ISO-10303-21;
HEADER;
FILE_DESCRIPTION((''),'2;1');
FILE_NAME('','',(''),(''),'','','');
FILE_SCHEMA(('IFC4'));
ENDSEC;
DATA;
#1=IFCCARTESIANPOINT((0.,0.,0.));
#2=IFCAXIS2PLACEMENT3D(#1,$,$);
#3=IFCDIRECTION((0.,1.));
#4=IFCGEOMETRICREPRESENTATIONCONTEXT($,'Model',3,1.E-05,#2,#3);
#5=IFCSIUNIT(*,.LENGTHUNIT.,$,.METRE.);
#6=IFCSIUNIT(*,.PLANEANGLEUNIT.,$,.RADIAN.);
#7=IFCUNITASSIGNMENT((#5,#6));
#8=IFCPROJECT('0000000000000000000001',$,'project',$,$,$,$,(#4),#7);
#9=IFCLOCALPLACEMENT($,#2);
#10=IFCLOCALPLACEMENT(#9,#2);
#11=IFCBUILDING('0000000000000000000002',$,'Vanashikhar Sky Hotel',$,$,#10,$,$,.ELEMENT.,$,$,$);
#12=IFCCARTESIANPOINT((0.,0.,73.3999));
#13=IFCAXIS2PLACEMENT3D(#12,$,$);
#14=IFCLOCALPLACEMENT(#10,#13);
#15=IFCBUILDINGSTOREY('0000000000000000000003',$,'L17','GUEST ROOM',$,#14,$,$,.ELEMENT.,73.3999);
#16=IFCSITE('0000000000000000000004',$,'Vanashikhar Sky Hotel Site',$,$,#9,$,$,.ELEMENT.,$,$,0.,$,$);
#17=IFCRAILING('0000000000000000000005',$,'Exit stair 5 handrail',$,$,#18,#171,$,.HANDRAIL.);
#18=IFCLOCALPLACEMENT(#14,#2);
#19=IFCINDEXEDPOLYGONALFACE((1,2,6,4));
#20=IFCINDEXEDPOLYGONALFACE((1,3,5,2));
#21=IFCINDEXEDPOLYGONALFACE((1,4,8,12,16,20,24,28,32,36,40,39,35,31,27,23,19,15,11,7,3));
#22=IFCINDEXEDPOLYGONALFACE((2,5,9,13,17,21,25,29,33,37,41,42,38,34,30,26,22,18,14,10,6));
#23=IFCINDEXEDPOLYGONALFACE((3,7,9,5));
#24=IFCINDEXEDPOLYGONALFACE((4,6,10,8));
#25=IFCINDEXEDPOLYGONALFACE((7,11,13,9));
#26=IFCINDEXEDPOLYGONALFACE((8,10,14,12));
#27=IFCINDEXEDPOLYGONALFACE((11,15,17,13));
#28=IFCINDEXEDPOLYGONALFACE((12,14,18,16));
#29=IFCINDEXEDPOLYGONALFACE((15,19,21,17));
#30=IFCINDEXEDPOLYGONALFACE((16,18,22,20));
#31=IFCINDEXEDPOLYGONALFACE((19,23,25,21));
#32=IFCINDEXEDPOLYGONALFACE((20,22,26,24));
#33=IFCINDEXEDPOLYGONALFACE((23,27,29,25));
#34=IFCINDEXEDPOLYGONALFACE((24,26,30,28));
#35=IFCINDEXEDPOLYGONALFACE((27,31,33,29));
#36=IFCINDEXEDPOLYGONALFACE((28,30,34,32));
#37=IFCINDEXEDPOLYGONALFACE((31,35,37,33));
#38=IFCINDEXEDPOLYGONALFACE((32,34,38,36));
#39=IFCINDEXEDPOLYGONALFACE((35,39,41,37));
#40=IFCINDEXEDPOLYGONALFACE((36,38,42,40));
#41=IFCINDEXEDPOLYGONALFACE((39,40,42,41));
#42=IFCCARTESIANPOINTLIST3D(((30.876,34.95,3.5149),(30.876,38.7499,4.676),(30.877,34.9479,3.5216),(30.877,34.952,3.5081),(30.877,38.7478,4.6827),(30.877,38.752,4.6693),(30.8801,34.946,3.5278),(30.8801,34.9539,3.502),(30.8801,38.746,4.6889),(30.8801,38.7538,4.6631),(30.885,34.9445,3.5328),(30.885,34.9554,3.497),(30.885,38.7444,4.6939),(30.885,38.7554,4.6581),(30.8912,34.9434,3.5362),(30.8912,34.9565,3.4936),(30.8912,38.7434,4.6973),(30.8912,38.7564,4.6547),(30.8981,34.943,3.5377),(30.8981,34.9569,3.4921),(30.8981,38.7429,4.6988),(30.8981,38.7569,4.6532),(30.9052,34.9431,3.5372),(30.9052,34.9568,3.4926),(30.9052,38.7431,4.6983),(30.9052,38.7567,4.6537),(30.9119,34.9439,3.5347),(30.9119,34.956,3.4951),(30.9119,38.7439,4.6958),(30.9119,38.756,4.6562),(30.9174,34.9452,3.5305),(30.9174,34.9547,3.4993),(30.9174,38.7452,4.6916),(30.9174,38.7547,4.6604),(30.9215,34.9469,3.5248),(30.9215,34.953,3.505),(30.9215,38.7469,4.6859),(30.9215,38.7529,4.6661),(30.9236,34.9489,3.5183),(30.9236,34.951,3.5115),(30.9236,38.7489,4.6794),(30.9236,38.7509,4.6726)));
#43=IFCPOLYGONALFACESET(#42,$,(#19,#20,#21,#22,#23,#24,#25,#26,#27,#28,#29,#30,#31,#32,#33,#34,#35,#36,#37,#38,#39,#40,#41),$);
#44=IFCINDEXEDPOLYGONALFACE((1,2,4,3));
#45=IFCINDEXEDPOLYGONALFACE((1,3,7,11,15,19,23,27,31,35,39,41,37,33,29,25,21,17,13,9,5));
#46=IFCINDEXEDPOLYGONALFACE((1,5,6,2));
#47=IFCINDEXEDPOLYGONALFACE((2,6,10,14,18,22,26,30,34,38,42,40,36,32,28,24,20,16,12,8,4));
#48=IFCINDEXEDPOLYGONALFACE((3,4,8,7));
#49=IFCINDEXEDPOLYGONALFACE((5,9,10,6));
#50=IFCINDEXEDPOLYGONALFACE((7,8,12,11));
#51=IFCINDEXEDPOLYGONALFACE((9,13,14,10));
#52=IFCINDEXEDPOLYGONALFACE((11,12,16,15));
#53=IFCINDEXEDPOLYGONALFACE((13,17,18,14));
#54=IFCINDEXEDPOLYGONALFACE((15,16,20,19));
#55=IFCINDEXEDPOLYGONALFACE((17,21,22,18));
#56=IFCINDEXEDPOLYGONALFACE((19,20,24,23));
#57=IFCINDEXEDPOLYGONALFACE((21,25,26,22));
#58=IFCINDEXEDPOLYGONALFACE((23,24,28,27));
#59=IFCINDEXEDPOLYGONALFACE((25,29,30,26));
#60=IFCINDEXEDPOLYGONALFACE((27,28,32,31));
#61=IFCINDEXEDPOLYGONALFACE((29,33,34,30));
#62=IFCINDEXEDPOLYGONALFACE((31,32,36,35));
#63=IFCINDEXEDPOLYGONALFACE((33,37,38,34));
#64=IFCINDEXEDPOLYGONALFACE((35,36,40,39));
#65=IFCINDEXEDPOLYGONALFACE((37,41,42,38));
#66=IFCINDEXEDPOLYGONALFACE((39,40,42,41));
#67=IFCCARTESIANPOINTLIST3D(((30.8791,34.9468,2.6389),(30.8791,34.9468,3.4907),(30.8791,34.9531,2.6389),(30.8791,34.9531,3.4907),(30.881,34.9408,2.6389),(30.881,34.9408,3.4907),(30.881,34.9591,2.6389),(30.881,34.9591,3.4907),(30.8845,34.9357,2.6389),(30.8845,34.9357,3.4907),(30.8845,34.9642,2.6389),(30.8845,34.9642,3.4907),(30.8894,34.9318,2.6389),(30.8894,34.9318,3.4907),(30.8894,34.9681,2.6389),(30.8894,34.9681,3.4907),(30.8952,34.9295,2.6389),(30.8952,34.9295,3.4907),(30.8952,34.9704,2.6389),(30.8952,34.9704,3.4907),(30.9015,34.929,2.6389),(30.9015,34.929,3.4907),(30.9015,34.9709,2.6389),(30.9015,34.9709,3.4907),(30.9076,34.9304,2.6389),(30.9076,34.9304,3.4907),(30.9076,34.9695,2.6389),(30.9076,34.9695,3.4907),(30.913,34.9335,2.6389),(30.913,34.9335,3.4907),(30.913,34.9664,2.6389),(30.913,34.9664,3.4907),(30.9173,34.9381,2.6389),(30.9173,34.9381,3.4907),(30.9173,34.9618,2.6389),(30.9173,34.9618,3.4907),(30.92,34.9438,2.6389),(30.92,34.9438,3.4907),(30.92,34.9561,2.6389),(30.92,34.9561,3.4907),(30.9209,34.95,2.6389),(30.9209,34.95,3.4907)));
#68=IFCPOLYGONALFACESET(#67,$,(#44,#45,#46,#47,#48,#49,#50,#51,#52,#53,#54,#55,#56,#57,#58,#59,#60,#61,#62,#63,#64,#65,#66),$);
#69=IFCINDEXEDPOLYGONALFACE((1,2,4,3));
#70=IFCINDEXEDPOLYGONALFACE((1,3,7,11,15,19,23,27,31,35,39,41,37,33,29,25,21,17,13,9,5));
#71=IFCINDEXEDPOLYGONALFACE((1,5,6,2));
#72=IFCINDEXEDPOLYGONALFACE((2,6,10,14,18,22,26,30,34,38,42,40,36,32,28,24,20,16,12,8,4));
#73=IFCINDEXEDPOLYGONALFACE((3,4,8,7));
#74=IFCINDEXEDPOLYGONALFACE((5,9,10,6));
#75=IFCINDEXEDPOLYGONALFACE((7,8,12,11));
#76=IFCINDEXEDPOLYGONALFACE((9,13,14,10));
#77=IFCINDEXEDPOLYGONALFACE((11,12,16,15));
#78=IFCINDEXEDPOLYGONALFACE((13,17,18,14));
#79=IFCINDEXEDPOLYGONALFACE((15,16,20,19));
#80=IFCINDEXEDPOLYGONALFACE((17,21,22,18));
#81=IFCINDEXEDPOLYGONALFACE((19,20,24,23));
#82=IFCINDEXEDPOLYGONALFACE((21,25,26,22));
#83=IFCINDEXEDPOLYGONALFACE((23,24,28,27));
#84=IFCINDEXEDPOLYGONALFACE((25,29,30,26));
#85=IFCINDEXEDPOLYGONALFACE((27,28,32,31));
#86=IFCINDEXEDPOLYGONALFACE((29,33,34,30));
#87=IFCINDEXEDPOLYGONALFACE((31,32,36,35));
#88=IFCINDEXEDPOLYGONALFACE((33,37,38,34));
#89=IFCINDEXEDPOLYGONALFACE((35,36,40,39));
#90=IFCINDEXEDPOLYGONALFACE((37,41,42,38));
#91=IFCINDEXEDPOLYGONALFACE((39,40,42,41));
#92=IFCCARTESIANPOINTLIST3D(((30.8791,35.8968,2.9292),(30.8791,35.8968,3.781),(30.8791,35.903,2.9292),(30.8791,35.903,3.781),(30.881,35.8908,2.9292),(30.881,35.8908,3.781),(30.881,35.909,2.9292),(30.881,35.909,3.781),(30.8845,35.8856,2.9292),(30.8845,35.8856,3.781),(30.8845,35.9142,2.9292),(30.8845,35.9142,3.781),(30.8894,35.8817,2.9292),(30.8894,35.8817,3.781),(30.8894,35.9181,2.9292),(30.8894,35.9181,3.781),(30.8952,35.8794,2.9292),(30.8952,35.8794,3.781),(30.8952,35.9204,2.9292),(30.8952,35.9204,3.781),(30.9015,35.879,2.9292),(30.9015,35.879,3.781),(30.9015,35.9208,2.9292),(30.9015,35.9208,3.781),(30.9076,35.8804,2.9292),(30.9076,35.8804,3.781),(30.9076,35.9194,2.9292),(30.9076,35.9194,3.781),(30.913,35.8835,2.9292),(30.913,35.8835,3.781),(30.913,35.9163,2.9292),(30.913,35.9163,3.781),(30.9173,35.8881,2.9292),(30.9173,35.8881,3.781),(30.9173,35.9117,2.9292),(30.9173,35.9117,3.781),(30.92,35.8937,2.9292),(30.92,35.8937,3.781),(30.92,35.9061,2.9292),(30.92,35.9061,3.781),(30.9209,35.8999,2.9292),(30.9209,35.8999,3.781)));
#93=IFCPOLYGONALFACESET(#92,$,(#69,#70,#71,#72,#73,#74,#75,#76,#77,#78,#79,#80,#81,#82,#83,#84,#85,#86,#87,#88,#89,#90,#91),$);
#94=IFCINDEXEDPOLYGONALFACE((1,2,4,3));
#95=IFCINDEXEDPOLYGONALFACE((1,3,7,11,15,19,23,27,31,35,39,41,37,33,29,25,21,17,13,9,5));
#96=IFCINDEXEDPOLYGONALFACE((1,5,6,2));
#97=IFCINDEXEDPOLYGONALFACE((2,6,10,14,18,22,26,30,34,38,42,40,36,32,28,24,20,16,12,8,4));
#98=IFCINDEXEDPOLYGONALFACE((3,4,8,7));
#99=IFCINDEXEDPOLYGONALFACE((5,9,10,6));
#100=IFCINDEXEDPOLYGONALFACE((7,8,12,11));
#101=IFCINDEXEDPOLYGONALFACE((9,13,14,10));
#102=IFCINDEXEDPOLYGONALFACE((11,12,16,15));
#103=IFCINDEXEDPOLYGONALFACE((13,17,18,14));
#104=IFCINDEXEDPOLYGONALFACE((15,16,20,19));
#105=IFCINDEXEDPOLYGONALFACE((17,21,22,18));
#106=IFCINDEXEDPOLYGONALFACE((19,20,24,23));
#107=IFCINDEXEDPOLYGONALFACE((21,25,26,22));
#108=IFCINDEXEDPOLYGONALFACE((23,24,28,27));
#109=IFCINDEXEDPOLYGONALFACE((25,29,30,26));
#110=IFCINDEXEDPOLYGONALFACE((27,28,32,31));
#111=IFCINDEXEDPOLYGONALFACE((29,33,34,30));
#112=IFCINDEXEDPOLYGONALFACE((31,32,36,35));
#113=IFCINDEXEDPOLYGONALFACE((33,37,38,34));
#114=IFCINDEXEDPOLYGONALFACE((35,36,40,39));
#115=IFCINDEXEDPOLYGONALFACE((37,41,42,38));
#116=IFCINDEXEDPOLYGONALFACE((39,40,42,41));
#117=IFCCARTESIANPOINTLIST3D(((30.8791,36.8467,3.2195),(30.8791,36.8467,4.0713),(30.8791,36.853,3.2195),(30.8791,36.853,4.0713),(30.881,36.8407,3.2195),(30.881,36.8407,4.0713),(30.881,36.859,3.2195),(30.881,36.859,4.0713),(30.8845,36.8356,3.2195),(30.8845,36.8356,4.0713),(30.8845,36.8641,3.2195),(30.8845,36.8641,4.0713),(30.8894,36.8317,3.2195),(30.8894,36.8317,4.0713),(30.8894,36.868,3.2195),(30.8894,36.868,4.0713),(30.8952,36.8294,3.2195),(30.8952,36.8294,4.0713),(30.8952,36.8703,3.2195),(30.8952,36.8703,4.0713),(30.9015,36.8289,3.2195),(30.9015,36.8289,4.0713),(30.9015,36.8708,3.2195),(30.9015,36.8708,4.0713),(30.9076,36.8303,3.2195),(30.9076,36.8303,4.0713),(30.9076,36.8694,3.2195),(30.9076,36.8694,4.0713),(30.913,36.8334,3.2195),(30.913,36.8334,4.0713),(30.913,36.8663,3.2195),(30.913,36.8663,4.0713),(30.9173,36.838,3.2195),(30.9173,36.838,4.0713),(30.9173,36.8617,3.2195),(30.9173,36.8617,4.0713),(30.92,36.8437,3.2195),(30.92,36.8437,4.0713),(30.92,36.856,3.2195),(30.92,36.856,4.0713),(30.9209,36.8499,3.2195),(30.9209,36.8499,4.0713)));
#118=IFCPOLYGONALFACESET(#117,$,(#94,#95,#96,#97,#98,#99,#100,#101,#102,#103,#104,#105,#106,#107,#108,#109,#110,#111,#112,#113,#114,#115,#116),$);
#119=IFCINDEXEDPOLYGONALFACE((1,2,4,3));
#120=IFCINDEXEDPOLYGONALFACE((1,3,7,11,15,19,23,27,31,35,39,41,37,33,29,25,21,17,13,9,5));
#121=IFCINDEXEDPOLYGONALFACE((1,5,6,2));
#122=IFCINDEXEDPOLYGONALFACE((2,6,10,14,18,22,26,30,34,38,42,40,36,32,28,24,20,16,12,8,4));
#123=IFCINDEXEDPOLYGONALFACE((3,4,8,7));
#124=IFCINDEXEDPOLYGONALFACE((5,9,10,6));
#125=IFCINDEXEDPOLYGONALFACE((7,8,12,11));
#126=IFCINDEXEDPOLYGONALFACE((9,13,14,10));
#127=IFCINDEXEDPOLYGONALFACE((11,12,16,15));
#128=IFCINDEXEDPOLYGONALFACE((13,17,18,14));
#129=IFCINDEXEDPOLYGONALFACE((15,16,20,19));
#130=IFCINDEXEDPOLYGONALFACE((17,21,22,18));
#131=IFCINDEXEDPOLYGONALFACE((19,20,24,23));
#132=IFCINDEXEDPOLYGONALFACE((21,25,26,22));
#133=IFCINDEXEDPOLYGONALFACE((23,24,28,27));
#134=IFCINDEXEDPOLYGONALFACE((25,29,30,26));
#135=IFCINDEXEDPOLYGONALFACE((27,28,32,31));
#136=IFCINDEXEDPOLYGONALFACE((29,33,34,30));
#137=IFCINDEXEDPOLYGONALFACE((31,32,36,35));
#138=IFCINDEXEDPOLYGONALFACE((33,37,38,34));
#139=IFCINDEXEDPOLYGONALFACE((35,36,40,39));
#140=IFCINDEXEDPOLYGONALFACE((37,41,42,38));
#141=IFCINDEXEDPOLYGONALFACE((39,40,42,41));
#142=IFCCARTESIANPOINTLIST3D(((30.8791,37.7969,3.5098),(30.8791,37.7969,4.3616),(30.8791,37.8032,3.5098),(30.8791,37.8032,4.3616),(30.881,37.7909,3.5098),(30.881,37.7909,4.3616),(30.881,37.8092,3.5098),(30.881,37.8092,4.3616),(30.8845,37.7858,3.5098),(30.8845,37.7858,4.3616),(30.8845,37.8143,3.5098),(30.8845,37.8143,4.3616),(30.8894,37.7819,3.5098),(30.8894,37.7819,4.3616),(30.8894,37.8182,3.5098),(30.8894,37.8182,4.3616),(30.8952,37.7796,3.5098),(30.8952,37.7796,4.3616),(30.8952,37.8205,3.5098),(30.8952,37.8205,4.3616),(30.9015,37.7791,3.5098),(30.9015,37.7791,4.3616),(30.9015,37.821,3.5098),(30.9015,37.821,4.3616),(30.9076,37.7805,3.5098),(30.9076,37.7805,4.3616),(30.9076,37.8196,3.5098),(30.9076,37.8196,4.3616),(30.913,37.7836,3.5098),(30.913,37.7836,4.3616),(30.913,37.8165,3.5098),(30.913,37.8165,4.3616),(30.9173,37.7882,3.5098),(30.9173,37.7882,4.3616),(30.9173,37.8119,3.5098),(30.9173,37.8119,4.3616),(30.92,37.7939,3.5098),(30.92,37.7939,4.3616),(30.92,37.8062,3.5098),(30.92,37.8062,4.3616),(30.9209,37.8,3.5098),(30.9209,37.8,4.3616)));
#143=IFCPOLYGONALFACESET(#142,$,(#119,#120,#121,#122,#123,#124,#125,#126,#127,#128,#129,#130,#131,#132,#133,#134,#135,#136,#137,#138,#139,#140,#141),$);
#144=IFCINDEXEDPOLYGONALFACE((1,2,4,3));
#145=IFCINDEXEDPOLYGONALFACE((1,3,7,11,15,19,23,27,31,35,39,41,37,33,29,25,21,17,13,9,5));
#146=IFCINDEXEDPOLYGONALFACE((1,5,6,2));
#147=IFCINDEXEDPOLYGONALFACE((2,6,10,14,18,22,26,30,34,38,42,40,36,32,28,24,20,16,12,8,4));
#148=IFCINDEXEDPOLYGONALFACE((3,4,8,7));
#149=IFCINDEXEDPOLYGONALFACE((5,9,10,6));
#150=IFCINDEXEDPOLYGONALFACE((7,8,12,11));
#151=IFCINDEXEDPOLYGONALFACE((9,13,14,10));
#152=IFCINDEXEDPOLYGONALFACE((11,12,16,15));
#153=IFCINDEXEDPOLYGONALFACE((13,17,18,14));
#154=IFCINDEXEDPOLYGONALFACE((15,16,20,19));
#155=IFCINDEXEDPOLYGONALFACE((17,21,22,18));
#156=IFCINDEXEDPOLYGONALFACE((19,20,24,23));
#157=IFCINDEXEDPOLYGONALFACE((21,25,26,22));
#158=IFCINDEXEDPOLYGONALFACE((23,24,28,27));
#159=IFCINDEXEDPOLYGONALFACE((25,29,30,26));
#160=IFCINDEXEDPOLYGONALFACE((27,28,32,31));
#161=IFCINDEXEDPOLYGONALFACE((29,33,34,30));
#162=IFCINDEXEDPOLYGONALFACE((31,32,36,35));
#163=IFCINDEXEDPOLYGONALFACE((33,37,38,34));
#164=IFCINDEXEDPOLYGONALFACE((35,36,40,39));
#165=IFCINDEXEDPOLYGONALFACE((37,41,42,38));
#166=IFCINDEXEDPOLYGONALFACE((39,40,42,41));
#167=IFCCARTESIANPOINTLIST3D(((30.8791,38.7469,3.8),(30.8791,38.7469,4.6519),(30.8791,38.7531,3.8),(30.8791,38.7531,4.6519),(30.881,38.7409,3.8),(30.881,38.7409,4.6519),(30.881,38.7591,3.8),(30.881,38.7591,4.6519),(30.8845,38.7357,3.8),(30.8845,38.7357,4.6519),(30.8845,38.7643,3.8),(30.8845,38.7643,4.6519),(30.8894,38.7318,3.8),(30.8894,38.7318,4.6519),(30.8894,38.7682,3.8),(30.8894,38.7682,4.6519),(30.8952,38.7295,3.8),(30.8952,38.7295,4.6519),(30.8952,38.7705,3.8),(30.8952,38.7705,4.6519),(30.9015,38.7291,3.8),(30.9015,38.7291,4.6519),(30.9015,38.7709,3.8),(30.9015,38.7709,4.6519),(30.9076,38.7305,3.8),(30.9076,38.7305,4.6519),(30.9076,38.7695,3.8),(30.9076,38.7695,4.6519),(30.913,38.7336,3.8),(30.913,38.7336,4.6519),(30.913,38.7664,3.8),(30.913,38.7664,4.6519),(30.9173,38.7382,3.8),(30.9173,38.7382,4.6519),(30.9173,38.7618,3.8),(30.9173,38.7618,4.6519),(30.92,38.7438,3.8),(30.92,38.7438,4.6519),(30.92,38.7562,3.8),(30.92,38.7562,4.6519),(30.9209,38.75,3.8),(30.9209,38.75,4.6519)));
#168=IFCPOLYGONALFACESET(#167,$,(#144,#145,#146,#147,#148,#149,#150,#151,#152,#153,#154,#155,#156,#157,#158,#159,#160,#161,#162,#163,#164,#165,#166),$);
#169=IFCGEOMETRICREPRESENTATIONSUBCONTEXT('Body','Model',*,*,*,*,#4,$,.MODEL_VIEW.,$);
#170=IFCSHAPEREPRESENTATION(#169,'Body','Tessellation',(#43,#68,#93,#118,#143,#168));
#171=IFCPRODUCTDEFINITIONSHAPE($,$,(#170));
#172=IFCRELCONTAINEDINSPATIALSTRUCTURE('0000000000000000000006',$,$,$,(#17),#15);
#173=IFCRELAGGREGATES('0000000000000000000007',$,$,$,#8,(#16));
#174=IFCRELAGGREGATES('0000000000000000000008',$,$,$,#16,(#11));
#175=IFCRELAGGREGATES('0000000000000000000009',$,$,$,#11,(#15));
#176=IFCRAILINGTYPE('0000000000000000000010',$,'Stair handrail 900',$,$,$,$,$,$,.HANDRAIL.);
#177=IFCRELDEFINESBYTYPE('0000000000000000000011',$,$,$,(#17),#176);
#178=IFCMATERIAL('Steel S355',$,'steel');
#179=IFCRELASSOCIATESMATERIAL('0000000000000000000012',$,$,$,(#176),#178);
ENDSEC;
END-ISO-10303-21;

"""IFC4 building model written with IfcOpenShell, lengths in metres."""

from ifc_helpers import new_model, si_unit, direction, frame, origin, origin_2d, place, context, subcontext, project, spatial, circle, extrude, source, transform, mapped, material, type_object, element, save


model = new_model("IFC4")

# Units and contexts
model_context = context("Model", 3, precision=1e-05, world=origin(), true_north=direction((0.0, 1.0)))
body_context = subcontext(model_context, "Body", "Model", "MODEL_VIEW")
ifc_project = project(units=[si_unit("LENGTHUNIT", "METRE"), si_unit("PLANEANGLEUNIT", "RADIAN")], contexts=[model_context])

# Site, building, storey
site_placement = place(None, origin())
site = spatial("IfcSite", under=ifc_project, at=site_placement, Name="Vanashikhar Sky Hotel Site", CompositionType="ELEMENT", RefElevation=0.0)
building_placement = place(site_placement, origin())
building = spatial("IfcBuilding", under=site, at=building_placement, Name="Vanashikhar Sky Hotel", CompositionType="ELEMENT")
storey_placement = place(building_placement, frame((0.0, 0.0, 73.3999)))
storey = spatial("IfcBuildingStorey", under=building, at=storey_placement, Name="L17", Description="GUEST ROOM", CompositionType="ELEMENT", Elevation=73.3999)

# Railing
ifc_material_1 = material(Name="Steel S355", Category="steel")
railing_type_1 = type_object("IfcRailingType", Name="Stair handrail 900", PredefinedType="HANDRAIL", material=ifc_material_1)
shared_shape_1 = source(origin(), body_context, "Body", "SweptSolid", [
    extrude(circle(Radius=0.0239, at=origin_2d()), frame((0.0, 0.0, 0.876), z_axis=(0.0, 0.956351, 0.29222), x_axis=(-1.0, 0.0, 0.0)), (0.0, 0.0, 1.0), 3.9734),
    extrude(circle(Radius=0.021, at=origin_2d()), origin(), (0.0, 0.0, 1.0), 0.8518),
    extrude(circle(Radius=0.021, at=origin_2d()), frame((0.0, 0.95, 0.2903)), (0.0, 0.0, 1.0), 0.8518),
    extrude(circle(Radius=0.021, at=origin_2d()), frame((0.0, 1.8999, 0.5806)), (0.0, 0.0, 1.0), 0.8518),
    extrude(circle(Radius=0.021, at=origin_2d()), frame((0.0, 2.8501, 0.8708)), (0.0, 0.0, 1.0), 0.8518),
    extrude(circle(Radius=0.021, at=origin_2d()), frame((0.0, 3.8, 1.1611)), (0.0, 0.0, 1.0), 0.8518),
])
for number, where, name in (
    (1, (30.8999, 34.95, 2.6389), "Exit stair 5 handrail"),
):
    element("IfcRailing", number, at=place(storey_placement, frame(where)), inside=storey, type_object=railing_type_1, Name=name, PredefinedType="HANDRAIL", context=body_context, shape_type="MappedRepresentation", body=[
        mapped(shared_shape_1, transform((0.0, 0.0, 0.0), scale=1.0)),
    ])

save(model, "model.ifc")
